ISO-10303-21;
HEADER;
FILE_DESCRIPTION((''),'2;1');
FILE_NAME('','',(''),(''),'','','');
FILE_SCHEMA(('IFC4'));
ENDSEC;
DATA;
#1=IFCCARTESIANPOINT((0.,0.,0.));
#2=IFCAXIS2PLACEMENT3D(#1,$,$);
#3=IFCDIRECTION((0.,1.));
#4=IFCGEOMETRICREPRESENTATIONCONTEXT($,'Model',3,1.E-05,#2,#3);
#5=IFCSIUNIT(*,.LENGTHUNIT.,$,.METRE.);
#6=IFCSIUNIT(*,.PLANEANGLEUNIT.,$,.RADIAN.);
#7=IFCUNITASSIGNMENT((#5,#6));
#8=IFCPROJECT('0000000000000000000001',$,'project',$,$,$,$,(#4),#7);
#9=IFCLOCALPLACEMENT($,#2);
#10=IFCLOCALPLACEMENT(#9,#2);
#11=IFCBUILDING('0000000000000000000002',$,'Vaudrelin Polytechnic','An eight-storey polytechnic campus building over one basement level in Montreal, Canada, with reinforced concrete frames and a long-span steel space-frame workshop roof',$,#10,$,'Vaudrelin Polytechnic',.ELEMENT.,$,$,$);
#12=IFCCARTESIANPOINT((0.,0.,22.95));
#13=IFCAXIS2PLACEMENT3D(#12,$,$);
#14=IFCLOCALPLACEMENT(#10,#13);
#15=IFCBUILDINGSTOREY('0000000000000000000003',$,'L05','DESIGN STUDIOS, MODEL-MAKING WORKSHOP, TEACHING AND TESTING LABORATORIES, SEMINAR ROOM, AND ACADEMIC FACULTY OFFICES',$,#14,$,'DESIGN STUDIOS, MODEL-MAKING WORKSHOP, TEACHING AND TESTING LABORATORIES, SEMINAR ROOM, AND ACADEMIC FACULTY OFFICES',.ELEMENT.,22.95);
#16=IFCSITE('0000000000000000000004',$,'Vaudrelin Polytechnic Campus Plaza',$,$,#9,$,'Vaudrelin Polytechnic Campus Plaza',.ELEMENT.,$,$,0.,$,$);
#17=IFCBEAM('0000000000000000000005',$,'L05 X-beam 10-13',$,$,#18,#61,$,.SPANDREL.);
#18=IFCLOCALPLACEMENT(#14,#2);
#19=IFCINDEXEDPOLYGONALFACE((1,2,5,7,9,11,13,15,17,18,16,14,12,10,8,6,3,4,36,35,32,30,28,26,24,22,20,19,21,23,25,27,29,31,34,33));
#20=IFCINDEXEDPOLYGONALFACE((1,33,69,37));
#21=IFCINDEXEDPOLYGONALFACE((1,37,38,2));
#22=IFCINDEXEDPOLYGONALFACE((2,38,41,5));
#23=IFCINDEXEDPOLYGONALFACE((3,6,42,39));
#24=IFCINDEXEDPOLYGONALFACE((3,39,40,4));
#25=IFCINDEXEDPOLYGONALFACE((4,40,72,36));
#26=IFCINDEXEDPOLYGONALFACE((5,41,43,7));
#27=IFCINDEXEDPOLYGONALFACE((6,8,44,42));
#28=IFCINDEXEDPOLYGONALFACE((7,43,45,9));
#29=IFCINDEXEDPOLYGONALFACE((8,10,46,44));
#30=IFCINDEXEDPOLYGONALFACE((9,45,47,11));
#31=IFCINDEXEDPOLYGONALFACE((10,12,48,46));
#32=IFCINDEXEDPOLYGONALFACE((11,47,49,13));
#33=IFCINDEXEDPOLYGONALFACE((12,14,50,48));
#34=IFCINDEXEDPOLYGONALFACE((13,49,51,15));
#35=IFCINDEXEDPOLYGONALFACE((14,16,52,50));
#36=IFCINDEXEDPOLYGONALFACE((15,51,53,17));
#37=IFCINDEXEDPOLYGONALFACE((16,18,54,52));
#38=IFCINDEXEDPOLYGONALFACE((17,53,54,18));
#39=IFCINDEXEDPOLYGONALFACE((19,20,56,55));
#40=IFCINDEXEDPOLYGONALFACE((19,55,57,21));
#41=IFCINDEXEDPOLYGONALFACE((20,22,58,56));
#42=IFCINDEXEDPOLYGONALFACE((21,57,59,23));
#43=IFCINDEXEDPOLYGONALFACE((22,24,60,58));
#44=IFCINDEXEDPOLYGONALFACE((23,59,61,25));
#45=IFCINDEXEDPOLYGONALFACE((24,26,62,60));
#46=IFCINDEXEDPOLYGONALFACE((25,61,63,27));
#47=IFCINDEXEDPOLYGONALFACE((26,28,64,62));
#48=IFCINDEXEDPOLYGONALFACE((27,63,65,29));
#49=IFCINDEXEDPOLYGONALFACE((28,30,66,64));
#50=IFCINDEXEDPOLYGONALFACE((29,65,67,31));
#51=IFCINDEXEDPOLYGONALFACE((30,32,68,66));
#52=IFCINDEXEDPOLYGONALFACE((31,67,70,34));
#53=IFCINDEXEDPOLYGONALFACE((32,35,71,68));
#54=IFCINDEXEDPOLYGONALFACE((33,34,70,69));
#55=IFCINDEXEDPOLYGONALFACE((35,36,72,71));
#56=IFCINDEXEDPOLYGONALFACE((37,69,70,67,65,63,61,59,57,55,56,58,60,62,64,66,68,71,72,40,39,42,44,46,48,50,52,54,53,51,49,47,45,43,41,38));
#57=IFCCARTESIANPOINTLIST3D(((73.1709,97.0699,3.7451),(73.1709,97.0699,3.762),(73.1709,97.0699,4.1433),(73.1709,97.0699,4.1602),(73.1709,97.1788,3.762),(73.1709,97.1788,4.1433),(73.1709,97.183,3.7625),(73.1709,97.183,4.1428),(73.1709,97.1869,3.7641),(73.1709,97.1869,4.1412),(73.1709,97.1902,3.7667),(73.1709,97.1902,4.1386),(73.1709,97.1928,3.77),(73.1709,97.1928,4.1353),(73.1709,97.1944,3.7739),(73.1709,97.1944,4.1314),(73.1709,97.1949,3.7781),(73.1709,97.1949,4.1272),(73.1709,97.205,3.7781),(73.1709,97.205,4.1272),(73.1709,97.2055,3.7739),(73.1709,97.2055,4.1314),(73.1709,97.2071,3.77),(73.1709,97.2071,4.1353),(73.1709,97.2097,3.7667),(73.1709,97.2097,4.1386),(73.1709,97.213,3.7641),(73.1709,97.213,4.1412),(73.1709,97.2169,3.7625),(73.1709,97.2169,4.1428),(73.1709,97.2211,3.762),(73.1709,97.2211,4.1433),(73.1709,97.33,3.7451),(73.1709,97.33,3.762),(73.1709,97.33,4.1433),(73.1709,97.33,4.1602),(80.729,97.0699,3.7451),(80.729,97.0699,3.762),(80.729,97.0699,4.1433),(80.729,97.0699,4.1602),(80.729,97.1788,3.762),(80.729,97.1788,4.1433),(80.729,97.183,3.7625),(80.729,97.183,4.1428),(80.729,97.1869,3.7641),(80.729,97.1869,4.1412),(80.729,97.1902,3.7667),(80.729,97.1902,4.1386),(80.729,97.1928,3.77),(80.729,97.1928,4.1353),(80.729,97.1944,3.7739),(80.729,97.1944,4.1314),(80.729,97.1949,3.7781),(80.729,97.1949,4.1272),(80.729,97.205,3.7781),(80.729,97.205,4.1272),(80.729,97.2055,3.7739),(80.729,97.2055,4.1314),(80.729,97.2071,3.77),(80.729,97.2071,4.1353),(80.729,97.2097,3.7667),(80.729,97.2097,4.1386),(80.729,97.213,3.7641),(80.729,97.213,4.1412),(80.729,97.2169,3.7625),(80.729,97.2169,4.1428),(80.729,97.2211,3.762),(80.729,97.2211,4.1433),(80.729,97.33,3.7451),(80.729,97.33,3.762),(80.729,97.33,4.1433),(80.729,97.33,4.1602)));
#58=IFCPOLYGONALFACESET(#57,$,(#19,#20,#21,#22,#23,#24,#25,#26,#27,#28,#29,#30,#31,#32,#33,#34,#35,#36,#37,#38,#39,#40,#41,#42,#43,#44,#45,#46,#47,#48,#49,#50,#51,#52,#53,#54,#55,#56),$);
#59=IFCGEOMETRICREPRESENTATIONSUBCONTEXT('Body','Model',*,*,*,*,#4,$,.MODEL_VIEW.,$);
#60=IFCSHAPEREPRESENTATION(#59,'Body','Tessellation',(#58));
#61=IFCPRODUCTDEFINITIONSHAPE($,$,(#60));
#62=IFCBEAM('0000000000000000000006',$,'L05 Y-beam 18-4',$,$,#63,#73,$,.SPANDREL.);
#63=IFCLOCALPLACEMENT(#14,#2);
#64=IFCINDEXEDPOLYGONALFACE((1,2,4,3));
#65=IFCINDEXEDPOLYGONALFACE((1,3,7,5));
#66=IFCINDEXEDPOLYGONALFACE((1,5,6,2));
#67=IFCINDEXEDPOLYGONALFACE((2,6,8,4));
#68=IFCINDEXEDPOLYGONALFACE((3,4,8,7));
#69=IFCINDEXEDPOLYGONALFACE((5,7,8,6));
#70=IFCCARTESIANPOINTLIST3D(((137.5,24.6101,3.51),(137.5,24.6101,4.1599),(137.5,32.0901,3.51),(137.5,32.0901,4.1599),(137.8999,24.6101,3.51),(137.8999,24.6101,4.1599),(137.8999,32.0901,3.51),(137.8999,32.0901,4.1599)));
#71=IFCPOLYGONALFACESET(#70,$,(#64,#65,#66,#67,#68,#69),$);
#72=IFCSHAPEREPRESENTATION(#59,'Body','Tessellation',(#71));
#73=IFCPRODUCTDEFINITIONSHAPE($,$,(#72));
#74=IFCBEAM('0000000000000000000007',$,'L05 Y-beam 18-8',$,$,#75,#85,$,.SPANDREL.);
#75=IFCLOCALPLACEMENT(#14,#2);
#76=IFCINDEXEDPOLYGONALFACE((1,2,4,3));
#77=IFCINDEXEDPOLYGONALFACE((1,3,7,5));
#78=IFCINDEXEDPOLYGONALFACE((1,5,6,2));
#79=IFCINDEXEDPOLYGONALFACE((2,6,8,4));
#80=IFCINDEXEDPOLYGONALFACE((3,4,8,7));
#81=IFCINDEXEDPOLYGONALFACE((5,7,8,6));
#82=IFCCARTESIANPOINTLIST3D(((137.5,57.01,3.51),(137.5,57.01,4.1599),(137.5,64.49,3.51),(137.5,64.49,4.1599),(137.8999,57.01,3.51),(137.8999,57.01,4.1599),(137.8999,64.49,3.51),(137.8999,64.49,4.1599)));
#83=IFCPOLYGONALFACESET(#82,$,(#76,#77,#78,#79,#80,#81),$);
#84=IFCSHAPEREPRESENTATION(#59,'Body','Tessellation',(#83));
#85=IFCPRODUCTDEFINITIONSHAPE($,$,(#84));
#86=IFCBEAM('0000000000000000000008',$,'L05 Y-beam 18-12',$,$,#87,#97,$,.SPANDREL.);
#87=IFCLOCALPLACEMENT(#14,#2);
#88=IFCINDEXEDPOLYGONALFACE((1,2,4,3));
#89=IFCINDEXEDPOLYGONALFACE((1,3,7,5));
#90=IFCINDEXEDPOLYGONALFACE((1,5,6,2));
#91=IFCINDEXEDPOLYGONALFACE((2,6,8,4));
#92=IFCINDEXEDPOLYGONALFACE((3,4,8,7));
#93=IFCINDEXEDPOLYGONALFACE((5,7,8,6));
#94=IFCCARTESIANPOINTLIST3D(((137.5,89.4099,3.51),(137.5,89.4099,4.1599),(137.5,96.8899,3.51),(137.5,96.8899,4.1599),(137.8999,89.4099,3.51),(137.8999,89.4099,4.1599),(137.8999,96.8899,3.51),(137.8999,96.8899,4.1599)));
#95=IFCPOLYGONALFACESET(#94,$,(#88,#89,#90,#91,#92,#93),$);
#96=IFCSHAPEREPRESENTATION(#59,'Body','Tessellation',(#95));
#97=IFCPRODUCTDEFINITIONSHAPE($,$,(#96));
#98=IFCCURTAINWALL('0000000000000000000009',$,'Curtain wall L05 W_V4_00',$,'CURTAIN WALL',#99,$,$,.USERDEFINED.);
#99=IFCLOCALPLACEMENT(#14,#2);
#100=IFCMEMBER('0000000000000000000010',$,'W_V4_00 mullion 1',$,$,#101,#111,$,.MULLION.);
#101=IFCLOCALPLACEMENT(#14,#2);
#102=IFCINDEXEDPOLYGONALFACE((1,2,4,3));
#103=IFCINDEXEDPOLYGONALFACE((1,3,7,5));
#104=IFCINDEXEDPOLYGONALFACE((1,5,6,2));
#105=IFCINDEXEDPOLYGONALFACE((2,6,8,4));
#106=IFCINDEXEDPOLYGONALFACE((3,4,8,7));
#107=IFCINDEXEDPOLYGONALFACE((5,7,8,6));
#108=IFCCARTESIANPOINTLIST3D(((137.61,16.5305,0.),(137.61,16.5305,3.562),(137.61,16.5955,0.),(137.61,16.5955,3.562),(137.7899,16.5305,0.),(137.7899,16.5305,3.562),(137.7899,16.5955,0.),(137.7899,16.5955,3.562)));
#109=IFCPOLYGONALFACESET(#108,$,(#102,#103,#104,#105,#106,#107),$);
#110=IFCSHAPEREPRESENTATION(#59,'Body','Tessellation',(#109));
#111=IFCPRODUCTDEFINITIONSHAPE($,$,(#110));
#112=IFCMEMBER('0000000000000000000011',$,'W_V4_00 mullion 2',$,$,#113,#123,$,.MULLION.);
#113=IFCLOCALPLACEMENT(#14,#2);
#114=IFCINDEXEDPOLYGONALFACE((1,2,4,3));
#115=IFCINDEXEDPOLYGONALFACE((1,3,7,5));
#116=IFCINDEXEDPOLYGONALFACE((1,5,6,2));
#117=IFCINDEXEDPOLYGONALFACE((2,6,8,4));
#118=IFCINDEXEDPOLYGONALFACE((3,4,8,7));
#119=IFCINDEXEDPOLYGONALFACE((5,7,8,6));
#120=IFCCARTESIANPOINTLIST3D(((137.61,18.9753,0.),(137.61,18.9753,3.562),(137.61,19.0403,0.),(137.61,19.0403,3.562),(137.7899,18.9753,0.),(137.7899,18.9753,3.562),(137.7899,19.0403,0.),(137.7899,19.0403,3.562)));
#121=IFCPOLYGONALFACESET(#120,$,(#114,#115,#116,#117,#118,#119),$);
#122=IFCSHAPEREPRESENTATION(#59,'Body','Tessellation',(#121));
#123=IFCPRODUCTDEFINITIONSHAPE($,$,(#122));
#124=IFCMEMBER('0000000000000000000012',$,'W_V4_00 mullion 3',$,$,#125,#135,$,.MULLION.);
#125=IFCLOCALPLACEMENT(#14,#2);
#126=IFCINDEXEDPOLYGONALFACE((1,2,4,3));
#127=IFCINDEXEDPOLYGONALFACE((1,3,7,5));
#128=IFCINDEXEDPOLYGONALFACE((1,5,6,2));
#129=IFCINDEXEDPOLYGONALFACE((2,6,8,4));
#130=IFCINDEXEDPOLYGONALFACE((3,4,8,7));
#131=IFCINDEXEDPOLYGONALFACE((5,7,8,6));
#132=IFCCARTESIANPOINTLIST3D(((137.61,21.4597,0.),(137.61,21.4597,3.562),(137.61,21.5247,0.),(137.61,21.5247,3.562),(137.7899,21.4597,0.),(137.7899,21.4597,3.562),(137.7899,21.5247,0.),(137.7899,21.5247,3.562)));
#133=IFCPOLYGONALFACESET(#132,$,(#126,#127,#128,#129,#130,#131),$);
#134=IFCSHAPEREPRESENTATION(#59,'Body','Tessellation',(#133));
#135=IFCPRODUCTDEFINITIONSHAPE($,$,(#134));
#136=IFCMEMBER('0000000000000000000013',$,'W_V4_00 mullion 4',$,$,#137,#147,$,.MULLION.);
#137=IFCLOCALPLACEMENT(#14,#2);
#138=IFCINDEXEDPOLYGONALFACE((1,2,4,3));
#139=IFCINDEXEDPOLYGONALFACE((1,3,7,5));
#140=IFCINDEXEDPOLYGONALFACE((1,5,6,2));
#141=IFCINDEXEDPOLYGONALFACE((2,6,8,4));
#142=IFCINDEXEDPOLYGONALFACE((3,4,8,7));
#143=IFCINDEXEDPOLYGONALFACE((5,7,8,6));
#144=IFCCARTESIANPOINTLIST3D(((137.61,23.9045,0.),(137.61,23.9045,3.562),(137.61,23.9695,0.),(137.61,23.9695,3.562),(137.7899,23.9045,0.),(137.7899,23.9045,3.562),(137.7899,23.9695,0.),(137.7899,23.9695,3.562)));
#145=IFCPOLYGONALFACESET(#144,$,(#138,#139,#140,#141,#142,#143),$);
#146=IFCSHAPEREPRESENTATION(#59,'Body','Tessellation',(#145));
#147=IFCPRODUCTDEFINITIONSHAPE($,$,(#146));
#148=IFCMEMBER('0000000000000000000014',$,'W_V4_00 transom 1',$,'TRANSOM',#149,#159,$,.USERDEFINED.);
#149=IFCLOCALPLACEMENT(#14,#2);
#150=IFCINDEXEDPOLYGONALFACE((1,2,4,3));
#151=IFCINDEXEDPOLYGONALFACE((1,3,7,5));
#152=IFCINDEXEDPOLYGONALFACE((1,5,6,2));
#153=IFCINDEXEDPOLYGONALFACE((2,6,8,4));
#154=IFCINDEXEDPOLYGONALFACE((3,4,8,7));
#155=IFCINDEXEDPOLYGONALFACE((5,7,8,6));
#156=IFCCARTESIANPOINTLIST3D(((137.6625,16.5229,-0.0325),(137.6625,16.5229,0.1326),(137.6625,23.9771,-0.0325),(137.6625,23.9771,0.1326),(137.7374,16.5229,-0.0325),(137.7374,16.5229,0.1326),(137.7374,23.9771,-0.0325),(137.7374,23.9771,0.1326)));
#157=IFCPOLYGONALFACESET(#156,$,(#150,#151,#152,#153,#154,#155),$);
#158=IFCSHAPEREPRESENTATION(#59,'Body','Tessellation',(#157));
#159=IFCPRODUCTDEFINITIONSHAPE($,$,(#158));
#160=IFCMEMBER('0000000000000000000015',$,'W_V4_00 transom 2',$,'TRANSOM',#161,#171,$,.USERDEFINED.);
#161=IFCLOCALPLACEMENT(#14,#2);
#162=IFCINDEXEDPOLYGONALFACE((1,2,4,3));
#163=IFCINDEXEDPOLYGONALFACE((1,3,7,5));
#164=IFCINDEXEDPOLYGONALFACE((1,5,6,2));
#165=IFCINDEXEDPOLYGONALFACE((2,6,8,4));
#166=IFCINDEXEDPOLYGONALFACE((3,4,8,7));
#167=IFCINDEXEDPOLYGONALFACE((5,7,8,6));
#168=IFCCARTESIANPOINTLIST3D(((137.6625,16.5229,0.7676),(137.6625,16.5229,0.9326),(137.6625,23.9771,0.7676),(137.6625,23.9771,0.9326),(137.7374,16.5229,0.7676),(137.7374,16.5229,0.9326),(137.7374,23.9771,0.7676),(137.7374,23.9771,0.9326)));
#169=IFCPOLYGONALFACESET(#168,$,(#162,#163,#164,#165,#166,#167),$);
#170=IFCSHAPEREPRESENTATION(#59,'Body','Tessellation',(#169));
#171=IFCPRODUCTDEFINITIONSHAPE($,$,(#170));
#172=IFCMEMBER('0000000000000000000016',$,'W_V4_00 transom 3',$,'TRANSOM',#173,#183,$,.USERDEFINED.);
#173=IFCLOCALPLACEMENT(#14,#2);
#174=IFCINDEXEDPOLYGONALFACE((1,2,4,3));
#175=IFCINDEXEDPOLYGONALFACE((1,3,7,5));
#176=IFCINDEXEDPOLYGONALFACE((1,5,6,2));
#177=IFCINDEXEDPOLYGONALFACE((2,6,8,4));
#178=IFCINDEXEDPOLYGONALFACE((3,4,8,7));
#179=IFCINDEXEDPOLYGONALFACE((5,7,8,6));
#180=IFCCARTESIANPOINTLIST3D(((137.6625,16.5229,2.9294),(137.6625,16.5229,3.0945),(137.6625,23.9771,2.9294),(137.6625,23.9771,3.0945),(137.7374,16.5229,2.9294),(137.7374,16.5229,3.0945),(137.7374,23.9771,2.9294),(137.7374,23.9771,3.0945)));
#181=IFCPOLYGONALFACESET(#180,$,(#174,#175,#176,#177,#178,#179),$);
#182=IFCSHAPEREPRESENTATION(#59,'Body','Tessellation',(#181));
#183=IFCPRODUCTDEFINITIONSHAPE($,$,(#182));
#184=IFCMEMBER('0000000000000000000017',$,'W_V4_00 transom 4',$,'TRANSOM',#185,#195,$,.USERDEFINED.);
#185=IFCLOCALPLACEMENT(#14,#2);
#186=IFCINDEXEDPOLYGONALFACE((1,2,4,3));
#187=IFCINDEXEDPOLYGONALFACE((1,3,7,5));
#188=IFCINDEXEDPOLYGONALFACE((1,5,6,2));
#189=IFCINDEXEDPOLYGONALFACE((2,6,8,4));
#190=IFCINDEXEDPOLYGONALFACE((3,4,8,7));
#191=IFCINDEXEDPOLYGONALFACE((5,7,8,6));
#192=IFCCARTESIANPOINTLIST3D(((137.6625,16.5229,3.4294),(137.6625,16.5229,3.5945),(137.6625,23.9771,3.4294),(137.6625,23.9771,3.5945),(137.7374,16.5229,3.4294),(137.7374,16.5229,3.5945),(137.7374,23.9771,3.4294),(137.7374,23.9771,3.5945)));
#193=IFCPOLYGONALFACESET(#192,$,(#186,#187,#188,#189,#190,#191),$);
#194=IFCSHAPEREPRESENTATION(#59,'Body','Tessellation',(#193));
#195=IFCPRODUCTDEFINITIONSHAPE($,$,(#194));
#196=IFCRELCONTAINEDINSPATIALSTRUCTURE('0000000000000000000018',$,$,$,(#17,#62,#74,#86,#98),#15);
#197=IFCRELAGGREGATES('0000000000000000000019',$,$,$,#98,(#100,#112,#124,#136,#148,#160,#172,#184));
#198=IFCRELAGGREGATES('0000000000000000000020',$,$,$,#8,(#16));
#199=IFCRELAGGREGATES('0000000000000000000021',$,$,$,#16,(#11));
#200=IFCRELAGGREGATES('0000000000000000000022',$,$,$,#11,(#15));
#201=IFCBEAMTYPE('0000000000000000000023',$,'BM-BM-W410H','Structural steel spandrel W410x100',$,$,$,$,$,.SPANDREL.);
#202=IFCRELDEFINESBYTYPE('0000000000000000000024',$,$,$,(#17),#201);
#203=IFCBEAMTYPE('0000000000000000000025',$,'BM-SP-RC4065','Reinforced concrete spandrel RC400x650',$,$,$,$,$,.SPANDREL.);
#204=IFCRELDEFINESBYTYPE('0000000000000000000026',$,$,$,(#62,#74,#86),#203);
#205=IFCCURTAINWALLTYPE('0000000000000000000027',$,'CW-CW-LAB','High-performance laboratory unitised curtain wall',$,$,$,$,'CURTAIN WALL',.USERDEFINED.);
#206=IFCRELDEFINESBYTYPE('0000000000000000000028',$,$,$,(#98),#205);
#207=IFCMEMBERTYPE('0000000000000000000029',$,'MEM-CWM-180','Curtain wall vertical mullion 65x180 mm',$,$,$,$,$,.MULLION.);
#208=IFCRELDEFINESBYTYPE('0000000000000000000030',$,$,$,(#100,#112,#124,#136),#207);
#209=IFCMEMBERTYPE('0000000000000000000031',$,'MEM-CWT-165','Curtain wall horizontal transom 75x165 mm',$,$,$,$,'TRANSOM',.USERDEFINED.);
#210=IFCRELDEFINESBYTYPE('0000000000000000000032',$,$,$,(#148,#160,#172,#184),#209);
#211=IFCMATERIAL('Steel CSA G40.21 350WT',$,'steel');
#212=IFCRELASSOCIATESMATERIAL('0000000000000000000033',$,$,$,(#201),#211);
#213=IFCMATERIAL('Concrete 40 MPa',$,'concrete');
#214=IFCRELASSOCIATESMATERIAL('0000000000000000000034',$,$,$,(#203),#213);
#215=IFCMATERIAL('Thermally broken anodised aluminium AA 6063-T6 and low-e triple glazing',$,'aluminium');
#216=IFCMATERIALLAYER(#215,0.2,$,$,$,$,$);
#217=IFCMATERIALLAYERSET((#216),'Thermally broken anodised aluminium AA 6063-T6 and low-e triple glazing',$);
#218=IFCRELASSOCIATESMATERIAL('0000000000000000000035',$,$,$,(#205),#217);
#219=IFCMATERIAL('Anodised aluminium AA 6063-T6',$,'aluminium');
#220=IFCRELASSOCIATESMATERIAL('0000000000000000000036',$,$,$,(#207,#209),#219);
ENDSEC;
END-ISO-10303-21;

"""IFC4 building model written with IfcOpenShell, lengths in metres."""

from ifc_helpers import new_model, si_unit, direction, frame, origin, origin_2d, place, context, subcontext, project, spatial, rectangle, i_section, extrude, material, layer, layer_set, material_profile, profile_set, type_object, element, aggregate, save


model = new_model("IFC4")

# Units and contexts
model_context = context("Model", 3, precision=1e-05, world=origin(), true_north=direction((0.0, 1.0)))
body_context = subcontext(model_context, "Body", "Model", "MODEL_VIEW")
ifc_project = project(units=[si_unit("LENGTHUNIT", "METRE"), si_unit("PLANEANGLEUNIT", "RADIAN")], contexts=[model_context])

# Site, building, storey
site_placement = place(None, origin())
site = spatial("IfcSite", under=ifc_project, at=site_placement, Name="Vaudrelin Polytechnic Campus Plaza", LongName="Vaudrelin Polytechnic Campus Plaza", CompositionType="ELEMENT", RefElevation=0.0)
building_placement = place(site_placement, origin())
building = spatial("IfcBuilding", under=site, at=building_placement, Name="Vaudrelin Polytechnic", Description="An eight-storey polytechnic campus building over one basement level in Montreal, Canada, with reinforced concrete frames and a long-span steel space-frame workshop roof", LongName="Vaudrelin Polytechnic", CompositionType="ELEMENT")
storey_placement = place(building_placement, frame((0.0, 0.0, 22.95)))
storey = spatial("IfcBuildingStorey", under=building, at=storey_placement, Name="L05", Description="DESIGN STUDIOS, MODEL-MAKING WORKSHOP, TEACHING AND TESTING LABORATORIES, SEMINAR ROOM, AND ACADEMIC FACULTY OFFICES", LongName="DESIGN STUDIOS, MODEL-MAKING WORKSHOP, TEACHING AND TESTING LABORATORIES, SEMINAR ROOM, AND ACADEMIC FACULTY OFFICES", CompositionType="ELEMENT", Elevation=22.95)

# Shared definitions
ifc_material_1 = material(Name="Concrete 40 MPa", Category="concrete")

# Beams
ifc_material_2 = material(Name="Steel CSA G40.21 350WT", Category="steel")
ifc_material_profile_1 = material_profile(ifc_material_2, i_section(OverallWidth=0.26, OverallDepth=0.415, WebThickness=0.01, FlangeThickness=0.0168, FilletRadius=0.0161, at=origin_2d()), Name="W410x100")
ifc_profile_set_1 = profile_set([ifc_material_profile_1], Name="Steel CSA G40.21 350WT")
beam_type_1 = type_object("IfcBeamType", Name="BM-BM-W410H", Description="Structural steel spandrel W410x100", PredefinedType="SPANDREL", material=ifc_profile_set_1)
beam_1_placement = place(storey_placement, frame((73.1709, 97.2, 3.9526), z_axis=(1.0, 0.0, 0.0), x_axis=(0.0, 1.0, 0.0)))
element("IfcBeam", 1, at=beam_1_placement, inside=storey, type_object=beam_type_1, Name="L05 X-beam 10-13", PredefinedType="SPANDREL", context=body_context, shape_type="SweptSolid", body=[
    extrude(i_section(OverallWidth=0.26, OverallDepth=0.415, WebThickness=0.01, FlangeThickness=0.0168, FilletRadius=0.0161, at=origin_2d()), origin(), (0.0, 0.0, 1.0), 7.5581),
])
ifc_material_profile_2 = material_profile(ifc_material_1, rectangle(XDim=0.3999, YDim=0.6499, at=origin_2d()), Name="RC400x650")
ifc_profile_set_2 = profile_set([ifc_material_profile_2], Name="Concrete 40 MPa")
beam_type_2 = type_object("IfcBeamType", Name="BM-SP-RC4065", Description="Reinforced concrete spandrel RC400x650", PredefinedType="SPANDREL", material=ifc_profile_set_2)
for number, where, z_axis, x_axis, name in (
    (2, (137.7, 24.6101, 3.835), (0.0, 1.0, 0.0), (-1.0, 0.0, 0.0), "L05 Y-beam 18-4"),
    (3, (137.7, 57.01, 3.835), (0.0, 1.0, 0.0), (-1.0, 0.0, 0.0), "L05 Y-beam 18-8"),
    (4, (137.7, 89.4099, 3.835), (0.0, 1.0, 0.0), (-1.0, 0.0, 0.0), "L05 Y-beam 18-12"),
):
    element("IfcBeam", number, at=place(storey_placement, frame(where, z_axis=z_axis, x_axis=x_axis)), inside=storey, type_object=beam_type_2, Name=name, PredefinedType="SPANDREL", context=body_context, shape_type="SweptSolid", body=[
        extrude(rectangle(XDim=0.3999, YDim=0.6499, at=origin_2d()), origin(), (0.0, 0.0, 1.0), 7.48),
    ])

# Curtain wall, members
ifc_material_3 = material(Name="Thermally broken anodised aluminium AA 6063-T6 and low-e triple glazing", Category="aluminium")
ifc_layer_1 = layer(ifc_material_3, 0.2)
ifc_layer_set_1 = layer_set([ifc_layer_1], Name="Thermally broken anodised aluminium AA 6063-T6 and low-e triple glazing")
curtain_wall_type = type_object("IfcCurtainWallType", Name="CW-CW-LAB", Description="High-performance laboratory unitised curtain wall", ElementType="CURTAIN WALL", PredefinedType="USERDEFINED", material=ifc_layer_set_1)
curtain_wall_placement = place(storey_placement, origin())
curtain_wall = element("IfcCurtainWall", 5, at=curtain_wall_placement, inside=storey, type_object=curtain_wall_type, Name="Curtain wall L05 W_V4_00", ObjectType="CURTAIN WALL", PredefinedType="USERDEFINED")
ifc_material_4 = material(Name="Anodised aluminium AA 6063-T6", Category="aluminium")
ifc_material_profile_3 = material_profile(ifc_material_4, rectangle(XDim=0.0649, YDim=0.1799, at=origin_2d()), Name="CWM-65x180")
ifc_profile_set_3 = profile_set([ifc_material_profile_3], Name="Anodised aluminium AA 6063-T6")
member_type_1 = type_object("IfcMemberType", Name="MEM-CWM-180", Description="Curtain wall vertical mullion 65x180 mm", PredefinedType="MULLION", material=ifc_profile_set_3)
member_1_placement = place(storey_placement, frame((137.7, 16.563, 0.0), z_axis=(0.0, 0.0, 1.0), x_axis=(0.0, 1.0, 0.0)))
member_1 = element("IfcMember", 6, at=member_1_placement, type_object=member_type_1, Name="W_V4_00 mullion 1", PredefinedType="MULLION", context=body_context, shape_type="SweptSolid", body=[
    extrude(rectangle(XDim=0.0649, YDim=0.1799, at=origin_2d()), origin(), (0.0, 0.0, 1.0), 3.562),
])
member_2_placement = place(storey_placement, frame((137.7, 19.0078, 0.0), z_axis=(0.0, 0.0, 1.0), x_axis=(0.0, 1.0, 0.0)))
member_2 = element("IfcMember", 7, at=member_2_placement, type_object=member_type_1, Name="W_V4_00 mullion 2", PredefinedType="MULLION", context=body_context, shape_type="SweptSolid", body=[
    extrude(rectangle(XDim=0.0649, YDim=0.1799, at=origin_2d()), origin(), (0.0, 0.0, 1.0), 3.562),
])
member_3_placement = place(storey_placement, frame((137.7, 21.4922, 0.0), z_axis=(0.0, 0.0, 1.0), x_axis=(0.0, 1.0, 0.0)))
member_3 = element("IfcMember", 8, at=member_3_placement, type_object=member_type_1, Name="W_V4_00 mullion 3", PredefinedType="MULLION", context=body_context, shape_type="SweptSolid", body=[
    extrude(rectangle(XDim=0.0649, YDim=0.1799, at=origin_2d()), origin(), (0.0, 0.0, 1.0), 3.562),
])
member_4_placement = place(storey_placement, frame((137.7, 23.937, 0.0), z_axis=(0.0, 0.0, 1.0), x_axis=(0.0, 1.0, 0.0)))
member_4 = element("IfcMember", 9, at=member_4_placement, type_object=member_type_1, Name="W_V4_00 mullion 4", PredefinedType="MULLION", context=body_context, shape_type="SweptSolid", body=[
    extrude(rectangle(XDim=0.0649, YDim=0.1799, at=origin_2d()), origin(), (0.0, 0.0, 1.0), 3.562),
])
ifc_material_profile_4 = material_profile(ifc_material_4, rectangle(XDim=0.075, YDim=0.165, at=origin_2d()), Name="CWT-75x165")
ifc_profile_set_4 = profile_set([ifc_material_profile_4], Name="Anodised aluminium AA 6063-T6")
member_type_2 = type_object("IfcMemberType", Name="MEM-CWT-165", Description="Curtain wall horizontal transom 75x165 mm", ElementType="TRANSOM", PredefinedType="USERDEFINED", material=ifc_profile_set_4)
member_5_placement = place(storey_placement, frame((137.7, 16.5229, 0.05), z_axis=(0.0, 1.0, 0.0), x_axis=(-1.0, 0.0, 0.0)))
member_5 = element("IfcMember", 10, at=member_5_placement, type_object=member_type_2, Name="W_V4_00 transom 1", ObjectType="TRANSOM", PredefinedType="USERDEFINED", context=body_context, shape_type="SweptSolid", body=[
    extrude(rectangle(XDim=0.075, YDim=0.165, at=origin_2d()), origin(), (0.0, 0.0, 1.0), 7.4541),
])
member_6_placement = place(storey_placement, frame((137.7, 16.5229, 0.8501), z_axis=(0.0, 1.0, 0.0), x_axis=(-1.0, 0.0, 0.0)))
member_6 = element("IfcMember", 11, at=member_6_placement, type_object=member_type_2, Name="W_V4_00 transom 2", ObjectType="TRANSOM", PredefinedType="USERDEFINED", context=body_context, shape_type="SweptSolid", body=[
    extrude(rectangle(XDim=0.075, YDim=0.165, at=origin_2d()), origin(), (0.0, 0.0, 1.0), 7.4541),
])
member_7_placement = place(storey_placement, frame((137.7, 16.5229, 3.012), z_axis=(0.0, 1.0, 0.0), x_axis=(-1.0, 0.0, 0.0)))
member_7 = element("IfcMember", 12, at=member_7_placement, type_object=member_type_2, Name="W_V4_00 transom 3", ObjectType="TRANSOM", PredefinedType="USERDEFINED", context=body_context, shape_type="SweptSolid", body=[
    extrude(rectangle(XDim=0.075, YDim=0.165, at=origin_2d()), origin(), (0.0, 0.0, 1.0), 7.4541),
])
member_8_placement = place(storey_placement, frame((137.7, 16.5229, 3.512), z_axis=(0.0, 1.0, 0.0), x_axis=(-1.0, 0.0, 0.0)))
member_8 = element("IfcMember", 13, at=member_8_placement, type_object=member_type_2, Name="W_V4_00 transom 4", ObjectType="TRANSOM", PredefinedType="USERDEFINED", context=body_context, shape_type="SweptSolid", body=[
    extrude(rectangle(XDim=0.075, YDim=0.165, at=origin_2d()), origin(), (0.0, 0.0, 1.0), 7.4541),
])
aggregate(curtain_wall, [member_1, member_2, member_3, member_4, member_5, member_6, member_7, member_8])

save(model, "model.ifc")
